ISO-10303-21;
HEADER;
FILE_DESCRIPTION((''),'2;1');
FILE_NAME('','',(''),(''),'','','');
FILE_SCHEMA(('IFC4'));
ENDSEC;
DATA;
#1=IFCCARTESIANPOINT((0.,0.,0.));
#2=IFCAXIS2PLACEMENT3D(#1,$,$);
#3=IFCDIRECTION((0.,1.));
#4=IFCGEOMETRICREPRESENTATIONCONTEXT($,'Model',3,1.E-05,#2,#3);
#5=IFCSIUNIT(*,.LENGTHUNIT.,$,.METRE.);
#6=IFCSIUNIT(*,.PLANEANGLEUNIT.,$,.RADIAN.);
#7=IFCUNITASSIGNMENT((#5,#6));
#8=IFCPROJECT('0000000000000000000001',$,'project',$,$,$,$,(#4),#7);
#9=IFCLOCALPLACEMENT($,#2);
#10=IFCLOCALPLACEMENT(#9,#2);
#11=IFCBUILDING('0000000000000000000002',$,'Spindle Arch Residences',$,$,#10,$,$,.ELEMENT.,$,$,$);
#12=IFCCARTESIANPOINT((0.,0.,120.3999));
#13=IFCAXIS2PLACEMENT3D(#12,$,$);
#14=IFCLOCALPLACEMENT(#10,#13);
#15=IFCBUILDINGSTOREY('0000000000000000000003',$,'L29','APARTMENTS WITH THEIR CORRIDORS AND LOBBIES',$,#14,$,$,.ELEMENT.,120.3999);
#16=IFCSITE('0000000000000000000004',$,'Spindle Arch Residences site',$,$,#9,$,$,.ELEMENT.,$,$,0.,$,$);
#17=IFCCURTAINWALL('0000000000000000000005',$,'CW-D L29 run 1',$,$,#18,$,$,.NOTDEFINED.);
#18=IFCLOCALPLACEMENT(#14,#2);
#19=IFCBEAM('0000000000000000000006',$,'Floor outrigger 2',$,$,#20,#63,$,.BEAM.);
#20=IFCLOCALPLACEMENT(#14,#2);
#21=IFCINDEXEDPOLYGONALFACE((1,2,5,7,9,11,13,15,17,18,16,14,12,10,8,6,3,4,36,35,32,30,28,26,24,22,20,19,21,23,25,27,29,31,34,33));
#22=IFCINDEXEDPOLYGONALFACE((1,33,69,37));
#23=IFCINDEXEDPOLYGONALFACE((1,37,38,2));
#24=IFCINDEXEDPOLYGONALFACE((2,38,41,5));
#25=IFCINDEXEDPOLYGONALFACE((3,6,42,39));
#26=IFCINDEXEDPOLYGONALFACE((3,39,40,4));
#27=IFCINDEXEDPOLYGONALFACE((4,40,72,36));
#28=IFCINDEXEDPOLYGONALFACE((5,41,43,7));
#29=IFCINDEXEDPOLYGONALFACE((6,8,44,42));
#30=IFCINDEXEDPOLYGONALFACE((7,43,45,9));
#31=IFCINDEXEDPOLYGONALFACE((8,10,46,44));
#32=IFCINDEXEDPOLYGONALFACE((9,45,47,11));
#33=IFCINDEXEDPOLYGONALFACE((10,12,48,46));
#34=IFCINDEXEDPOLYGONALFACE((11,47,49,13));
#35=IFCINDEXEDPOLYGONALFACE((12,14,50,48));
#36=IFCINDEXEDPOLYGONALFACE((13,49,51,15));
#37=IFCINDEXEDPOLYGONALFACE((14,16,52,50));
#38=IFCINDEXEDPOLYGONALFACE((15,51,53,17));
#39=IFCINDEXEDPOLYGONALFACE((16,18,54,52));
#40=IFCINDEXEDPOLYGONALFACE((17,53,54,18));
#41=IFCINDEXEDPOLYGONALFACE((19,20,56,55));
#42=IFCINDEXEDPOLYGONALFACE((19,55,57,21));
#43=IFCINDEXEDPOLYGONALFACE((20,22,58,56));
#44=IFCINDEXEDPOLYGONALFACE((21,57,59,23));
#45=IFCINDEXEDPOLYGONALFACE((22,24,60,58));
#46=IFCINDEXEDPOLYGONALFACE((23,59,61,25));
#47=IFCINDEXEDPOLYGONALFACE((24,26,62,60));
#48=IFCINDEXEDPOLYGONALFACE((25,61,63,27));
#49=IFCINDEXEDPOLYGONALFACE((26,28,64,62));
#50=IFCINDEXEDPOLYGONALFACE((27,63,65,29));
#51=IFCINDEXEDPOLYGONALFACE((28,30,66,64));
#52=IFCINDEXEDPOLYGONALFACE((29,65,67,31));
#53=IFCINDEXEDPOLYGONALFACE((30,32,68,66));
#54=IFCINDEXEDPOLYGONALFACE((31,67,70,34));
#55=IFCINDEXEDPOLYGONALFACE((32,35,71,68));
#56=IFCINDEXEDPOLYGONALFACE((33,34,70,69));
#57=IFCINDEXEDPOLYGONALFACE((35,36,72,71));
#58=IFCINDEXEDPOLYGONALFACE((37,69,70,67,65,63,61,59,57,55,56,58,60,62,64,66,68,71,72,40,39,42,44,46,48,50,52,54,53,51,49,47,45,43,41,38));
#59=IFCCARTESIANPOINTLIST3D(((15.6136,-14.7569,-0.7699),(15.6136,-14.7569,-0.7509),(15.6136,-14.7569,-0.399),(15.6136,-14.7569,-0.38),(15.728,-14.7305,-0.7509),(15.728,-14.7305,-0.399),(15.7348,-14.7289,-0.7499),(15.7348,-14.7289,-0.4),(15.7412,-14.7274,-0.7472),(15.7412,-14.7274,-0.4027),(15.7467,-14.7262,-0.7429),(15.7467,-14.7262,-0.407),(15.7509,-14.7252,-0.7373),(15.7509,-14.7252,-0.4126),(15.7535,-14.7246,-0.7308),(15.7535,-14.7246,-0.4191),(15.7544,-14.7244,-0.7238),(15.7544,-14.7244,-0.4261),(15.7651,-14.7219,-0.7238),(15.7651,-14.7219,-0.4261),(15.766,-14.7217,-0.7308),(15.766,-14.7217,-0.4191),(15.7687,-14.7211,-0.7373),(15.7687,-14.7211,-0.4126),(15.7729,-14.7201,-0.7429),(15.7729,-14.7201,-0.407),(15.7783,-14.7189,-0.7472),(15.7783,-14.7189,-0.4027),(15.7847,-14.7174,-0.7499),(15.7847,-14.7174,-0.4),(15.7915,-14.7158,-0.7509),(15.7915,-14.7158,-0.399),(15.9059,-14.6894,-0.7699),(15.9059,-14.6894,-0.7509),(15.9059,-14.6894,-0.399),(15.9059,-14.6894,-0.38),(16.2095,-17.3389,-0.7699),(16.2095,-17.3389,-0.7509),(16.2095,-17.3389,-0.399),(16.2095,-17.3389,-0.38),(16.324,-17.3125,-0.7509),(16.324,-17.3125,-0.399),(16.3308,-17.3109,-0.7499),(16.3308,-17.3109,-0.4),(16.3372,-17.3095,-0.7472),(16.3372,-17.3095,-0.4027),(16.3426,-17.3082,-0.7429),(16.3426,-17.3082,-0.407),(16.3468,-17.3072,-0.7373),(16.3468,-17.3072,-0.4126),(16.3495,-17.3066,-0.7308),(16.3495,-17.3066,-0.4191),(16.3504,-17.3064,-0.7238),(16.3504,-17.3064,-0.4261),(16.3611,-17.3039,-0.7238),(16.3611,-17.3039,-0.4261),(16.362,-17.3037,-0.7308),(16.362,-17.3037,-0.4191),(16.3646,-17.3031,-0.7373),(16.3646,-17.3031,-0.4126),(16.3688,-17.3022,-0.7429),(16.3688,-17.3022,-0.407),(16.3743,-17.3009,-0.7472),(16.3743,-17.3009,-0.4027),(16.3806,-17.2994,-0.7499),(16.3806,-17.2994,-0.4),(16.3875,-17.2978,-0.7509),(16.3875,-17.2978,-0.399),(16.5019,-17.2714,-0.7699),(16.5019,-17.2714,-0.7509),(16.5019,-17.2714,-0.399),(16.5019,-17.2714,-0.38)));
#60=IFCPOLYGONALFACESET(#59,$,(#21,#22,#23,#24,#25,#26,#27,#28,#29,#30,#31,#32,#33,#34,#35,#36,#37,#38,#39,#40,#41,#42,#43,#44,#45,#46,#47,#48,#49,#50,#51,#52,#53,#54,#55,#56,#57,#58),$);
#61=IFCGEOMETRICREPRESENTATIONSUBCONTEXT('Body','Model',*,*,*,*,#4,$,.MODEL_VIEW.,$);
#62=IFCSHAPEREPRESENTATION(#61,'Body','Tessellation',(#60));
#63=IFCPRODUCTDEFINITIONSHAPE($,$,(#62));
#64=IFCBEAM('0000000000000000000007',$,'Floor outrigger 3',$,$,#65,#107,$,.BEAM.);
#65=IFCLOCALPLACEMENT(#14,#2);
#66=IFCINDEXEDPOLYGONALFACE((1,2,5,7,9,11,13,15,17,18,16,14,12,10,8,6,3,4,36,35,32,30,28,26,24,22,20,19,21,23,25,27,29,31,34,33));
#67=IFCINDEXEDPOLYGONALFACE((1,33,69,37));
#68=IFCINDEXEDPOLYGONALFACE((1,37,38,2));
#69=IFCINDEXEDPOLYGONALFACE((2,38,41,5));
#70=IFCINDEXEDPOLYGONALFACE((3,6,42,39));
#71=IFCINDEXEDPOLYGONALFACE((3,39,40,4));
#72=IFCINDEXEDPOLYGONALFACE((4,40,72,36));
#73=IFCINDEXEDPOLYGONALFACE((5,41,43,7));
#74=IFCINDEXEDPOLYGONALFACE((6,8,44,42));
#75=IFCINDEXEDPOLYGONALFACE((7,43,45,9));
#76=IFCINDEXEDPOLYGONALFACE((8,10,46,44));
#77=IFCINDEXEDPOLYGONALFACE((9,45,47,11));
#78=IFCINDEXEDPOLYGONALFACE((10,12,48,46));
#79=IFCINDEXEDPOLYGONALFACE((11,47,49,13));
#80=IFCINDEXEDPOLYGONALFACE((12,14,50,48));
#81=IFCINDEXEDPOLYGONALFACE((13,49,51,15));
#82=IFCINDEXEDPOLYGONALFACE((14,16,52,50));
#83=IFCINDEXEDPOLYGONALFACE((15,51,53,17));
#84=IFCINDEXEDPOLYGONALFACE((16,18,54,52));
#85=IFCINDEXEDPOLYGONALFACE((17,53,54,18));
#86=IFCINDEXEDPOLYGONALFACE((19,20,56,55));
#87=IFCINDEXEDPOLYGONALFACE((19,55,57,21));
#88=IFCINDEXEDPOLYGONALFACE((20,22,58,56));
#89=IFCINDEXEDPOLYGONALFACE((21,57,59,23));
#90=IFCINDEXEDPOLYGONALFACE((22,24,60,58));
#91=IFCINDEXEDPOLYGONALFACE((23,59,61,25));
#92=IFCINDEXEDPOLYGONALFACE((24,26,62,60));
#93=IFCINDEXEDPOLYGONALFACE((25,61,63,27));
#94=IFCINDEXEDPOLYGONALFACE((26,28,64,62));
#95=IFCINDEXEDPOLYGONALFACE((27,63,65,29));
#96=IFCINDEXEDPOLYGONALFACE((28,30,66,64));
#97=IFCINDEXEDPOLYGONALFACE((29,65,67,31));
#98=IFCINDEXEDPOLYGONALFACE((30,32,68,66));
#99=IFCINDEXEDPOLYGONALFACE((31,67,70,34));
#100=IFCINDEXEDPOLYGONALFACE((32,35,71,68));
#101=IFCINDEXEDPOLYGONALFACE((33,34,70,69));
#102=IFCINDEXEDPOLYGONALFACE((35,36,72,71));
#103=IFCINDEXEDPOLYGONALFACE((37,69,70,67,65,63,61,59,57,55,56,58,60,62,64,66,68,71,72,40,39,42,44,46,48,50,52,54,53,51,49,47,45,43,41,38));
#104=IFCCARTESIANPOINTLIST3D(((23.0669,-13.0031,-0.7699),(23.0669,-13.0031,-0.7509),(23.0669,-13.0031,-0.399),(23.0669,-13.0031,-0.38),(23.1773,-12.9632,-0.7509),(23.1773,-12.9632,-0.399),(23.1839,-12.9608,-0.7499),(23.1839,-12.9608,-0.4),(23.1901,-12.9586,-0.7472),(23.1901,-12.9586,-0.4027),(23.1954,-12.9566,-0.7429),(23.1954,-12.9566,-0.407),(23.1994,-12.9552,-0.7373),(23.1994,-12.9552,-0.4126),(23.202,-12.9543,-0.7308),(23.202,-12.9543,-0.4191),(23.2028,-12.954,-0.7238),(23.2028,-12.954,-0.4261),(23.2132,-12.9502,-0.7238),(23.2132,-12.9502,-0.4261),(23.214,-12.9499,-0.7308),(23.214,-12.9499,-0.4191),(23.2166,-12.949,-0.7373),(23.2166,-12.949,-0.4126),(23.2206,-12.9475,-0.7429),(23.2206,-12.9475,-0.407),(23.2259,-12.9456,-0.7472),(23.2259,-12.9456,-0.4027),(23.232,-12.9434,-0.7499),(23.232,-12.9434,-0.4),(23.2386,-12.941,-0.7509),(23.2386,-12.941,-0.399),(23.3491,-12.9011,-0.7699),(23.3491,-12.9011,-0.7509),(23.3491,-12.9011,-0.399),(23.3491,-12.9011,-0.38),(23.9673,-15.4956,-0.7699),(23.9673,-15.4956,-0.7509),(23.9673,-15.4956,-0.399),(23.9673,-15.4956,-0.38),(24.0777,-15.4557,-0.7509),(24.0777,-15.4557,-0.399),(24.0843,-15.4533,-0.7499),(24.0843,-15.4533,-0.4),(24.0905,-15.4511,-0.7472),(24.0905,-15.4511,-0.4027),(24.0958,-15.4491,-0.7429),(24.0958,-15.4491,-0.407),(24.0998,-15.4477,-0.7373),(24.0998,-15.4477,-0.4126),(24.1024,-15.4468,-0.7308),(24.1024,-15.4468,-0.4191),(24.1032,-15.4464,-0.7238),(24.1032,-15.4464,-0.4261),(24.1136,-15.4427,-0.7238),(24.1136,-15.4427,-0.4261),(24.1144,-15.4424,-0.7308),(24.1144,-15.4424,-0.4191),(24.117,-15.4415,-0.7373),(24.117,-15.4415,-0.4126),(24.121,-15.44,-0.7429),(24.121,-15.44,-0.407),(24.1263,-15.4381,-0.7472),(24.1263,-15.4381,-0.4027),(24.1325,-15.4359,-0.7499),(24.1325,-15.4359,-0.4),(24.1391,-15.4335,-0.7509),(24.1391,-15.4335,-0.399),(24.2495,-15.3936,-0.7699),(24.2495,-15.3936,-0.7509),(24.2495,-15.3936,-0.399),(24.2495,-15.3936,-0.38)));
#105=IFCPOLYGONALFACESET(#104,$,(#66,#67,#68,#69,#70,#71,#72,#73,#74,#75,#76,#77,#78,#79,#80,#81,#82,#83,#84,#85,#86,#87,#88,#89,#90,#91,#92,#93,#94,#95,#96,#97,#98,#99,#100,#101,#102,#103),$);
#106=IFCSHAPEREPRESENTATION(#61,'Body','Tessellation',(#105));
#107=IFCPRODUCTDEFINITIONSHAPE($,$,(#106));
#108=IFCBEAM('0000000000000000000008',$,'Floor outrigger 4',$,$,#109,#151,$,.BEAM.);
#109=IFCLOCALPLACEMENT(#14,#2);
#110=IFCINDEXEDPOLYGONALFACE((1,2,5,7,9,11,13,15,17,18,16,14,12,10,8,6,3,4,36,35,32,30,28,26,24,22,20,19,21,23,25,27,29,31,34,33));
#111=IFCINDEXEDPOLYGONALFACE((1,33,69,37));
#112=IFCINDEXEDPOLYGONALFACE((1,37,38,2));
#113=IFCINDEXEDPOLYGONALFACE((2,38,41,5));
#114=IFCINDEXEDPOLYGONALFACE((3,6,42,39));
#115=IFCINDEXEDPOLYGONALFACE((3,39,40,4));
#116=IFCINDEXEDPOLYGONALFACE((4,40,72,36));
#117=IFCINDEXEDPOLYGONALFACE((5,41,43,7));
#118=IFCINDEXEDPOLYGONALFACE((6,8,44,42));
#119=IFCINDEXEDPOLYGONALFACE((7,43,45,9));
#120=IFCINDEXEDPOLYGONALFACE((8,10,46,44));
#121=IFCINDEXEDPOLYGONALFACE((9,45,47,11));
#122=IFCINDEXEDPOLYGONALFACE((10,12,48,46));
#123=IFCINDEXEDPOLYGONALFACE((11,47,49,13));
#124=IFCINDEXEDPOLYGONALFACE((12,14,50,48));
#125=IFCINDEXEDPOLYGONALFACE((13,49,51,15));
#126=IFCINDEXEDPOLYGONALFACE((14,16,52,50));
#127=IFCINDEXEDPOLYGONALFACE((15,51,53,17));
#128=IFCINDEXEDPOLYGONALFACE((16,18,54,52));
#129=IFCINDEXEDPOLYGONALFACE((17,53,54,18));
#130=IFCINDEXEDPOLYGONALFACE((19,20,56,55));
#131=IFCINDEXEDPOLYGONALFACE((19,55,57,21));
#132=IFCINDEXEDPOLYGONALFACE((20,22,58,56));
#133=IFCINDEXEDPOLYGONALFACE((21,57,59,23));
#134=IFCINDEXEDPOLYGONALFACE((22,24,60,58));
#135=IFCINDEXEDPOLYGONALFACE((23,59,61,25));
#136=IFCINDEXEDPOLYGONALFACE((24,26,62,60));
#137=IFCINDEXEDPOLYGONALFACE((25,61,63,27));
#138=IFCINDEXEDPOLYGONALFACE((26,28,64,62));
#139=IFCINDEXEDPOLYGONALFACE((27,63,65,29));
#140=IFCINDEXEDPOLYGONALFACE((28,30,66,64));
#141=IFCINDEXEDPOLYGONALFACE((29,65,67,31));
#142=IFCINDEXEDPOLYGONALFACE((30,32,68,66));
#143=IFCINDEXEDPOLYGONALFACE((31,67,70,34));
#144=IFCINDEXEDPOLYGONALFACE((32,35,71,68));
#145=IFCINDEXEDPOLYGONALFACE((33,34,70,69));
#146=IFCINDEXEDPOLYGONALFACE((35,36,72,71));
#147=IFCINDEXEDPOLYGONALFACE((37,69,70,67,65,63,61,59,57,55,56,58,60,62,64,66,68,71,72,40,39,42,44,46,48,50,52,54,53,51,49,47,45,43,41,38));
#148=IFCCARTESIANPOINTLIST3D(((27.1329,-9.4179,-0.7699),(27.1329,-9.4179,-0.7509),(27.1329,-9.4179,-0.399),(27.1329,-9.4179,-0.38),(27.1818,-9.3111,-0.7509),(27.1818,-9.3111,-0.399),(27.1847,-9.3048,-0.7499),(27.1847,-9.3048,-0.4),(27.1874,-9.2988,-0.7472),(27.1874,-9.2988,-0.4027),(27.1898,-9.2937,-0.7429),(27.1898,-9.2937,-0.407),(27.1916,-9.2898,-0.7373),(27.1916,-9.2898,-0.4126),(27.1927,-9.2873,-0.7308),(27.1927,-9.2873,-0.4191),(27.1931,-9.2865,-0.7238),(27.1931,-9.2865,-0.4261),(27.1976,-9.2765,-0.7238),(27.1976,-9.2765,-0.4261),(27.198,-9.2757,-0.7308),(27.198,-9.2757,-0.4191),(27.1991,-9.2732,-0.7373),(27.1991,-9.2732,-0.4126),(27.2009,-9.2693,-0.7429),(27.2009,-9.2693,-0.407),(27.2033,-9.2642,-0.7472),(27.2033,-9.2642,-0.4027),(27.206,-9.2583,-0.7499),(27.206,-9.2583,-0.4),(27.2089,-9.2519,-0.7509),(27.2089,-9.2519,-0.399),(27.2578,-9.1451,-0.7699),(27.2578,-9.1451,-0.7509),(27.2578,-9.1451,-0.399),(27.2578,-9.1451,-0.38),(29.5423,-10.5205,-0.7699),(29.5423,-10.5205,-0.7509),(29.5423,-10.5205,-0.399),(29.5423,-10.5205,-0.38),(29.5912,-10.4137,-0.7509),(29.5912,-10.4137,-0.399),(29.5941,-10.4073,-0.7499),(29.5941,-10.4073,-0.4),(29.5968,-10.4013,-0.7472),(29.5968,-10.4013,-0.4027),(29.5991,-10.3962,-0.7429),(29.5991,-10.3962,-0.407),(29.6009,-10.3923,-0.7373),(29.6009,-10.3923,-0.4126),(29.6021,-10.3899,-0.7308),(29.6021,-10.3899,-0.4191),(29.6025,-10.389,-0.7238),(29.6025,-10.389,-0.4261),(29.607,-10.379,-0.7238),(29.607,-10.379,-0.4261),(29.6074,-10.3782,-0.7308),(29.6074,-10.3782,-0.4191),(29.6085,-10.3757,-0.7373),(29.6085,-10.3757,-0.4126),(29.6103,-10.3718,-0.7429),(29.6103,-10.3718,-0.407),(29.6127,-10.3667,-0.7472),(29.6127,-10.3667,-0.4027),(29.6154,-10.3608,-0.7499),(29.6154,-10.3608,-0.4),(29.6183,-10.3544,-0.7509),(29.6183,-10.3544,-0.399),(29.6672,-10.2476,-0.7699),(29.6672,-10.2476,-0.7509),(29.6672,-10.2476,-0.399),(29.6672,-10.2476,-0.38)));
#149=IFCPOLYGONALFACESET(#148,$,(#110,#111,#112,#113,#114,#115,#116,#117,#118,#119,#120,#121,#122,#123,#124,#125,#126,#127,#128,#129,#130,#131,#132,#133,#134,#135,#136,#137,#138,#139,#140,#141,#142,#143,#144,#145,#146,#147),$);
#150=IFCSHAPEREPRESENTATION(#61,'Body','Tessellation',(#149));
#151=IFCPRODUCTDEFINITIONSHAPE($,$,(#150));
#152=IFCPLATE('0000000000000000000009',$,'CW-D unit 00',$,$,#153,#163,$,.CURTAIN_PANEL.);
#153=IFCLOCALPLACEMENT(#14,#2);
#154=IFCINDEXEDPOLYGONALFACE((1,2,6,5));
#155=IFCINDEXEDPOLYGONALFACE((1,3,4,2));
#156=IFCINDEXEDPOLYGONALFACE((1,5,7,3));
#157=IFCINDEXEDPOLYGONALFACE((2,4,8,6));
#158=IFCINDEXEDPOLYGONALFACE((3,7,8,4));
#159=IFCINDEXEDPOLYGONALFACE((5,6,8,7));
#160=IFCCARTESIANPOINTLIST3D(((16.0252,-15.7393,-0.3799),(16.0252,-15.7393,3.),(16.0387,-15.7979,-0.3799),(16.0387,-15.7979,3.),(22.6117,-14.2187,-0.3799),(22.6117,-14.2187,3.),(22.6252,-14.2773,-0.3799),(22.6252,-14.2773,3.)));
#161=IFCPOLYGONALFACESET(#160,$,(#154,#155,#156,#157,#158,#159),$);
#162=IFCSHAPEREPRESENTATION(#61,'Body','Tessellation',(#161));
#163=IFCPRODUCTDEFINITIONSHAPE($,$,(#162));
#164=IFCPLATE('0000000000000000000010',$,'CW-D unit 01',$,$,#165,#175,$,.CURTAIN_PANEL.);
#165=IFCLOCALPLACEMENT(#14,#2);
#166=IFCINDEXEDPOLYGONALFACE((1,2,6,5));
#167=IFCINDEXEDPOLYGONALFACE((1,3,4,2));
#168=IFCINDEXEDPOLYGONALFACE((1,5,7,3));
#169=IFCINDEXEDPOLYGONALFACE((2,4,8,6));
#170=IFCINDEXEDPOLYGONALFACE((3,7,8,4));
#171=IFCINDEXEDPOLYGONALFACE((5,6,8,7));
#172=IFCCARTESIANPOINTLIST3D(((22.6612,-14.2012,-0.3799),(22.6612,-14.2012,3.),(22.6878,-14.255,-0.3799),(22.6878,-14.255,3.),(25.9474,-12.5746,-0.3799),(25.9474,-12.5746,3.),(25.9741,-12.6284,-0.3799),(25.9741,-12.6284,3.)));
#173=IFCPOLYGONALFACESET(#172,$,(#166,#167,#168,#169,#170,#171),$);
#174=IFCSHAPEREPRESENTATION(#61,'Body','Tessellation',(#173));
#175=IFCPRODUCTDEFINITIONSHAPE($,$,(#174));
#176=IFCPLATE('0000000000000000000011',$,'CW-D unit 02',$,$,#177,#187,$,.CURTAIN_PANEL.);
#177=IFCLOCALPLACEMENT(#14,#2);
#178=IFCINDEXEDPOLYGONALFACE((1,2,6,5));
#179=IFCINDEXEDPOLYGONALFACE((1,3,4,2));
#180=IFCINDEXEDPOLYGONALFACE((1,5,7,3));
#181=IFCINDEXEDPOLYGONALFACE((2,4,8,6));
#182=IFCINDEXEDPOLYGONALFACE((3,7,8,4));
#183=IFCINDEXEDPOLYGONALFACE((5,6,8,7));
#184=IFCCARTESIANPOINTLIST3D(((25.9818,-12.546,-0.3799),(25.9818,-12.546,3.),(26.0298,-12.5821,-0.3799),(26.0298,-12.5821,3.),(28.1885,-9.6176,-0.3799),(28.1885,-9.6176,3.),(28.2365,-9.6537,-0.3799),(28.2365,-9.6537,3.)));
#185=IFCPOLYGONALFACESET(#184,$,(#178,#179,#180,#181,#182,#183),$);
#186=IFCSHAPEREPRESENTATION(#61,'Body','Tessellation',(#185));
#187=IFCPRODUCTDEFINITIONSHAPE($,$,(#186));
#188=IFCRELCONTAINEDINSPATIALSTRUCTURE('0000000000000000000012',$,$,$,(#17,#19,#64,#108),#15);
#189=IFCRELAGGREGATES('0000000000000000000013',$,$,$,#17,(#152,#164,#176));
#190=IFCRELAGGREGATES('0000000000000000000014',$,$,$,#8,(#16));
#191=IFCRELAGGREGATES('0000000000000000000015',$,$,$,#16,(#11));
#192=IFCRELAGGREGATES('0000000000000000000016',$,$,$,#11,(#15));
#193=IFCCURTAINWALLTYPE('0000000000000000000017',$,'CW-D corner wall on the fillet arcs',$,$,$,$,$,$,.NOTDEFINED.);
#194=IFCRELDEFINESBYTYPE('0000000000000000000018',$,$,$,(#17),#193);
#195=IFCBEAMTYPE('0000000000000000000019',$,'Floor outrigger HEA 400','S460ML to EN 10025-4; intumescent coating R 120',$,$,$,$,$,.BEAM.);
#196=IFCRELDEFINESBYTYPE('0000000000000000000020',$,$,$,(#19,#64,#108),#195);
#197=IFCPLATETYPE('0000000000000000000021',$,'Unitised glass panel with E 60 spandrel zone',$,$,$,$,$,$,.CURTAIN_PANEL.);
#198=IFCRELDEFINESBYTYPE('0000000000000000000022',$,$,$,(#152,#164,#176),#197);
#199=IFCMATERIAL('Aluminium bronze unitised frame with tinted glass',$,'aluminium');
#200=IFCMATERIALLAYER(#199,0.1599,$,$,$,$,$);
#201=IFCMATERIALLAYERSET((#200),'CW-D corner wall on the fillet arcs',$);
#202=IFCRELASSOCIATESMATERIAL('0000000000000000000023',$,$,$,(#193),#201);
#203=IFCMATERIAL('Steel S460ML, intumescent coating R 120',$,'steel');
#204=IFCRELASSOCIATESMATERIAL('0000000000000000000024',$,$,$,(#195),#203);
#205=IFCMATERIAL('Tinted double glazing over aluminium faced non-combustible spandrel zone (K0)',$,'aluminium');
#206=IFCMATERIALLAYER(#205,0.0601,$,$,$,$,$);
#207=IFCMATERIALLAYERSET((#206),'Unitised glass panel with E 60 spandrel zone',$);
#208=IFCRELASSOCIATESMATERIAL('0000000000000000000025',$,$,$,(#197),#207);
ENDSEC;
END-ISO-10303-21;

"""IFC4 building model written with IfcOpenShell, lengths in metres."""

from ifc_helpers import new_model, si_unit, direction, frame, origin, origin_2d, place, context, subcontext, project, spatial, rectangle, i_section, extrude, material, layer, layer_set, material_profile, profile_set, type_object, element, aggregate, save


model = new_model("IFC4")

# Units and contexts
model_context = context("Model", 3, precision=1e-05, world=origin(), true_north=direction((0.0, 1.0)))
body_context = subcontext(model_context, "Body", "Model", "MODEL_VIEW")
ifc_project = project(units=[si_unit("LENGTHUNIT", "METRE"), si_unit("PLANEANGLEUNIT", "RADIAN")], contexts=[model_context])

# Site, building, storey
site_placement = place(None, origin())
site = spatial("IfcSite", under=ifc_project, at=site_placement, Name="Spindle Arch Residences site", CompositionType="ELEMENT", RefElevation=0.0)
building_placement = place(site_placement, origin())
building = spatial("IfcBuilding", under=site, at=building_placement, Name="Spindle Arch Residences", CompositionType="ELEMENT")
storey_placement = place(building_placement, frame((0.0, 0.0, 120.3999)))
storey = spatial("IfcBuildingStorey", under=building, at=storey_placement, Name="L29", Description="APARTMENTS WITH THEIR CORRIDORS AND LOBBIES", CompositionType="ELEMENT", Elevation=120.3999)

# Curtain wall
ifc_material_1 = material(Name="Aluminium bronze unitised frame with tinted glass", Category="aluminium")
ifc_layer_1 = layer(ifc_material_1, 0.1599)
ifc_layer_set_1 = layer_set([ifc_layer_1], Name="CW-D corner wall on the fillet arcs")
curtain_wall_type = type_object("IfcCurtainWallType", Name="CW-D corner wall on the fillet arcs", PredefinedType="NOTDEFINED", material=ifc_layer_set_1)
curtain_wall_placement = place(storey_placement, origin())
curtain_wall = element("IfcCurtainWall", 1, at=curtain_wall_placement, inside=storey, type_object=curtain_wall_type, Name="CW-D L29 run 1", PredefinedType="NOTDEFINED")

# Beams
ifc_material_2 = material(Name="Steel S460ML, intumescent coating R 120", Category="steel")
ifc_material_profile_1 = material_profile(ifc_material_2, i_section(OverallWidth=0.3, OverallDepth=0.3899, WebThickness=0.011, FlangeThickness=0.019, FilletRadius=0.0271, at=origin_2d()), Name="HEA 400")
ifc_profile_set_1 = profile_set([ifc_material_profile_1], Name="Steel S460ML, intumescent coating R 120")
beam_type_1 = type_object("IfcBeamType", Name="Floor outrigger HEA 400", Description="S460ML to EN 10025-4; intumescent coating R 120", PredefinedType="BEAM", material=ifc_profile_set_1)
beam_1_placement = place(storey_placement, frame((16.3557, -17.3052, -0.575), z_axis=(-0.224893, 0.974383, 0.0), x_axis=(-0.974383, -0.224893, 0.0)))
element("IfcBeam", 2, at=beam_1_placement, inside=storey, type_object=beam_type_1, Name="Floor outrigger 2", PredefinedType="BEAM", context=body_context, shape_type="SweptSolid", body=[
    extrude(i_section(OverallWidth=0.3, OverallDepth=0.3899, WebThickness=0.011, FlangeThickness=0.019, FilletRadius=0.0271, at=origin_2d()), origin(), (0.0, 0.0, 1.0), 2.6499),
])
beam_2_placement = place(storey_placement, frame((24.1084, -15.4446, -0.575), z_axis=(-0.33976, 0.940512, 0.0), x_axis=(-0.940512, -0.33976, 0.0)))
element("IfcBeam", 3, at=beam_2_placement, inside=storey, type_object=beam_type_1, Name="Floor outrigger 3", PredefinedType="BEAM", context=body_context, shape_type="SweptSolid", body=[
    extrude(i_section(OverallWidth=0.3, OverallDepth=0.3899, WebThickness=0.011, FlangeThickness=0.019, FilletRadius=0.0271, at=origin_2d()), origin(), (0.0, 0.0, 1.0), 2.6501),
])
beam_3_placement = place(storey_placement, frame((29.6047, -10.384, -0.575), z_axis=(-0.909319, 0.416099, 0.0), x_axis=(-0.416099, -0.909319, 0.0)))
element("IfcBeam", 4, at=beam_3_placement, inside=storey, type_object=beam_type_1, Name="Floor outrigger 4", PredefinedType="BEAM", context=body_context, shape_type="SweptSolid", body=[
    extrude(i_section(OverallWidth=0.3, OverallDepth=0.3899, WebThickness=0.011, FlangeThickness=0.019, FilletRadius=0.0271, at=origin_2d()), origin(), (0.0, 0.0, 1.0), 2.6497),
])

# Plates
ifc_material_3 = material(Name="Tinted double glazing over aluminium faced non-combustible spandrel zone (K0)", Category="aluminium")
ifc_layer_2 = layer(ifc_material_3, 0.0601)
ifc_layer_set_2 = layer_set([ifc_layer_2], Name="Unitised glass panel with E 60 spandrel zone")
plate_type = type_object("IfcPlateType", Name="Unitised glass panel with E 60 spandrel zone", PredefinedType="CURTAIN_PANEL", material=ifc_layer_set_2)
plate_1_placement = place(storey_placement, frame((19.3252, -15.0083, -0.3799), z_axis=(0.0, 0.0, 1.0), x_axis=(0.97437, 0.224951, 0.0)))
plate_1 = element("IfcPlate", 5, at=plate_1_placement, type_object=plate_type, Name="CW-D unit 00", PredefinedType="CURTAIN_PANEL", context=body_context, shape_type="SweptSolid", body=[
    extrude(rectangle(XDim=6.7598, YDim=0.0601, at=origin_2d()), origin(), (0.0, 0.0, 1.0), 3.3799),
])
plate_2_placement = place(storey_placement, frame((24.3176, -13.4148, -0.3799), z_axis=(0.0, 0.0, 1.0), x_axis=(0.896229, 0.443593, 0.0)))
plate_2 = element("IfcPlate", 6, at=plate_2_placement, type_object=plate_type, Name="CW-D unit 01", PredefinedType="CURTAIN_PANEL", context=body_context, shape_type="SweptSolid", body=[
    extrude(rectangle(XDim=3.6667, YDim=0.0601, at=origin_2d()), origin(), (0.0, 0.0, 1.0), 3.3799),
])
plate_3_placement = place(storey_placement, frame((27.1091, -11.0999, -0.3799), z_axis=(0.0, 0.0, 1.0), x_axis=(0.601815, 0.798636, 0.0)))
plate_3 = element("IfcPlate", 7, at=plate_3_placement, type_object=plate_type, Name="CW-D unit 02", PredefinedType="CURTAIN_PANEL", context=body_context, shape_type="SweptSolid", body=[
    extrude(rectangle(XDim=3.6667, YDim=0.0601, at=origin_2d()), origin(), (0.0, 0.0, 1.0), 3.3799),
])
aggregate(curtain_wall, [plate_1, plate_2, plate_3])

save(model, "model.ifc")
